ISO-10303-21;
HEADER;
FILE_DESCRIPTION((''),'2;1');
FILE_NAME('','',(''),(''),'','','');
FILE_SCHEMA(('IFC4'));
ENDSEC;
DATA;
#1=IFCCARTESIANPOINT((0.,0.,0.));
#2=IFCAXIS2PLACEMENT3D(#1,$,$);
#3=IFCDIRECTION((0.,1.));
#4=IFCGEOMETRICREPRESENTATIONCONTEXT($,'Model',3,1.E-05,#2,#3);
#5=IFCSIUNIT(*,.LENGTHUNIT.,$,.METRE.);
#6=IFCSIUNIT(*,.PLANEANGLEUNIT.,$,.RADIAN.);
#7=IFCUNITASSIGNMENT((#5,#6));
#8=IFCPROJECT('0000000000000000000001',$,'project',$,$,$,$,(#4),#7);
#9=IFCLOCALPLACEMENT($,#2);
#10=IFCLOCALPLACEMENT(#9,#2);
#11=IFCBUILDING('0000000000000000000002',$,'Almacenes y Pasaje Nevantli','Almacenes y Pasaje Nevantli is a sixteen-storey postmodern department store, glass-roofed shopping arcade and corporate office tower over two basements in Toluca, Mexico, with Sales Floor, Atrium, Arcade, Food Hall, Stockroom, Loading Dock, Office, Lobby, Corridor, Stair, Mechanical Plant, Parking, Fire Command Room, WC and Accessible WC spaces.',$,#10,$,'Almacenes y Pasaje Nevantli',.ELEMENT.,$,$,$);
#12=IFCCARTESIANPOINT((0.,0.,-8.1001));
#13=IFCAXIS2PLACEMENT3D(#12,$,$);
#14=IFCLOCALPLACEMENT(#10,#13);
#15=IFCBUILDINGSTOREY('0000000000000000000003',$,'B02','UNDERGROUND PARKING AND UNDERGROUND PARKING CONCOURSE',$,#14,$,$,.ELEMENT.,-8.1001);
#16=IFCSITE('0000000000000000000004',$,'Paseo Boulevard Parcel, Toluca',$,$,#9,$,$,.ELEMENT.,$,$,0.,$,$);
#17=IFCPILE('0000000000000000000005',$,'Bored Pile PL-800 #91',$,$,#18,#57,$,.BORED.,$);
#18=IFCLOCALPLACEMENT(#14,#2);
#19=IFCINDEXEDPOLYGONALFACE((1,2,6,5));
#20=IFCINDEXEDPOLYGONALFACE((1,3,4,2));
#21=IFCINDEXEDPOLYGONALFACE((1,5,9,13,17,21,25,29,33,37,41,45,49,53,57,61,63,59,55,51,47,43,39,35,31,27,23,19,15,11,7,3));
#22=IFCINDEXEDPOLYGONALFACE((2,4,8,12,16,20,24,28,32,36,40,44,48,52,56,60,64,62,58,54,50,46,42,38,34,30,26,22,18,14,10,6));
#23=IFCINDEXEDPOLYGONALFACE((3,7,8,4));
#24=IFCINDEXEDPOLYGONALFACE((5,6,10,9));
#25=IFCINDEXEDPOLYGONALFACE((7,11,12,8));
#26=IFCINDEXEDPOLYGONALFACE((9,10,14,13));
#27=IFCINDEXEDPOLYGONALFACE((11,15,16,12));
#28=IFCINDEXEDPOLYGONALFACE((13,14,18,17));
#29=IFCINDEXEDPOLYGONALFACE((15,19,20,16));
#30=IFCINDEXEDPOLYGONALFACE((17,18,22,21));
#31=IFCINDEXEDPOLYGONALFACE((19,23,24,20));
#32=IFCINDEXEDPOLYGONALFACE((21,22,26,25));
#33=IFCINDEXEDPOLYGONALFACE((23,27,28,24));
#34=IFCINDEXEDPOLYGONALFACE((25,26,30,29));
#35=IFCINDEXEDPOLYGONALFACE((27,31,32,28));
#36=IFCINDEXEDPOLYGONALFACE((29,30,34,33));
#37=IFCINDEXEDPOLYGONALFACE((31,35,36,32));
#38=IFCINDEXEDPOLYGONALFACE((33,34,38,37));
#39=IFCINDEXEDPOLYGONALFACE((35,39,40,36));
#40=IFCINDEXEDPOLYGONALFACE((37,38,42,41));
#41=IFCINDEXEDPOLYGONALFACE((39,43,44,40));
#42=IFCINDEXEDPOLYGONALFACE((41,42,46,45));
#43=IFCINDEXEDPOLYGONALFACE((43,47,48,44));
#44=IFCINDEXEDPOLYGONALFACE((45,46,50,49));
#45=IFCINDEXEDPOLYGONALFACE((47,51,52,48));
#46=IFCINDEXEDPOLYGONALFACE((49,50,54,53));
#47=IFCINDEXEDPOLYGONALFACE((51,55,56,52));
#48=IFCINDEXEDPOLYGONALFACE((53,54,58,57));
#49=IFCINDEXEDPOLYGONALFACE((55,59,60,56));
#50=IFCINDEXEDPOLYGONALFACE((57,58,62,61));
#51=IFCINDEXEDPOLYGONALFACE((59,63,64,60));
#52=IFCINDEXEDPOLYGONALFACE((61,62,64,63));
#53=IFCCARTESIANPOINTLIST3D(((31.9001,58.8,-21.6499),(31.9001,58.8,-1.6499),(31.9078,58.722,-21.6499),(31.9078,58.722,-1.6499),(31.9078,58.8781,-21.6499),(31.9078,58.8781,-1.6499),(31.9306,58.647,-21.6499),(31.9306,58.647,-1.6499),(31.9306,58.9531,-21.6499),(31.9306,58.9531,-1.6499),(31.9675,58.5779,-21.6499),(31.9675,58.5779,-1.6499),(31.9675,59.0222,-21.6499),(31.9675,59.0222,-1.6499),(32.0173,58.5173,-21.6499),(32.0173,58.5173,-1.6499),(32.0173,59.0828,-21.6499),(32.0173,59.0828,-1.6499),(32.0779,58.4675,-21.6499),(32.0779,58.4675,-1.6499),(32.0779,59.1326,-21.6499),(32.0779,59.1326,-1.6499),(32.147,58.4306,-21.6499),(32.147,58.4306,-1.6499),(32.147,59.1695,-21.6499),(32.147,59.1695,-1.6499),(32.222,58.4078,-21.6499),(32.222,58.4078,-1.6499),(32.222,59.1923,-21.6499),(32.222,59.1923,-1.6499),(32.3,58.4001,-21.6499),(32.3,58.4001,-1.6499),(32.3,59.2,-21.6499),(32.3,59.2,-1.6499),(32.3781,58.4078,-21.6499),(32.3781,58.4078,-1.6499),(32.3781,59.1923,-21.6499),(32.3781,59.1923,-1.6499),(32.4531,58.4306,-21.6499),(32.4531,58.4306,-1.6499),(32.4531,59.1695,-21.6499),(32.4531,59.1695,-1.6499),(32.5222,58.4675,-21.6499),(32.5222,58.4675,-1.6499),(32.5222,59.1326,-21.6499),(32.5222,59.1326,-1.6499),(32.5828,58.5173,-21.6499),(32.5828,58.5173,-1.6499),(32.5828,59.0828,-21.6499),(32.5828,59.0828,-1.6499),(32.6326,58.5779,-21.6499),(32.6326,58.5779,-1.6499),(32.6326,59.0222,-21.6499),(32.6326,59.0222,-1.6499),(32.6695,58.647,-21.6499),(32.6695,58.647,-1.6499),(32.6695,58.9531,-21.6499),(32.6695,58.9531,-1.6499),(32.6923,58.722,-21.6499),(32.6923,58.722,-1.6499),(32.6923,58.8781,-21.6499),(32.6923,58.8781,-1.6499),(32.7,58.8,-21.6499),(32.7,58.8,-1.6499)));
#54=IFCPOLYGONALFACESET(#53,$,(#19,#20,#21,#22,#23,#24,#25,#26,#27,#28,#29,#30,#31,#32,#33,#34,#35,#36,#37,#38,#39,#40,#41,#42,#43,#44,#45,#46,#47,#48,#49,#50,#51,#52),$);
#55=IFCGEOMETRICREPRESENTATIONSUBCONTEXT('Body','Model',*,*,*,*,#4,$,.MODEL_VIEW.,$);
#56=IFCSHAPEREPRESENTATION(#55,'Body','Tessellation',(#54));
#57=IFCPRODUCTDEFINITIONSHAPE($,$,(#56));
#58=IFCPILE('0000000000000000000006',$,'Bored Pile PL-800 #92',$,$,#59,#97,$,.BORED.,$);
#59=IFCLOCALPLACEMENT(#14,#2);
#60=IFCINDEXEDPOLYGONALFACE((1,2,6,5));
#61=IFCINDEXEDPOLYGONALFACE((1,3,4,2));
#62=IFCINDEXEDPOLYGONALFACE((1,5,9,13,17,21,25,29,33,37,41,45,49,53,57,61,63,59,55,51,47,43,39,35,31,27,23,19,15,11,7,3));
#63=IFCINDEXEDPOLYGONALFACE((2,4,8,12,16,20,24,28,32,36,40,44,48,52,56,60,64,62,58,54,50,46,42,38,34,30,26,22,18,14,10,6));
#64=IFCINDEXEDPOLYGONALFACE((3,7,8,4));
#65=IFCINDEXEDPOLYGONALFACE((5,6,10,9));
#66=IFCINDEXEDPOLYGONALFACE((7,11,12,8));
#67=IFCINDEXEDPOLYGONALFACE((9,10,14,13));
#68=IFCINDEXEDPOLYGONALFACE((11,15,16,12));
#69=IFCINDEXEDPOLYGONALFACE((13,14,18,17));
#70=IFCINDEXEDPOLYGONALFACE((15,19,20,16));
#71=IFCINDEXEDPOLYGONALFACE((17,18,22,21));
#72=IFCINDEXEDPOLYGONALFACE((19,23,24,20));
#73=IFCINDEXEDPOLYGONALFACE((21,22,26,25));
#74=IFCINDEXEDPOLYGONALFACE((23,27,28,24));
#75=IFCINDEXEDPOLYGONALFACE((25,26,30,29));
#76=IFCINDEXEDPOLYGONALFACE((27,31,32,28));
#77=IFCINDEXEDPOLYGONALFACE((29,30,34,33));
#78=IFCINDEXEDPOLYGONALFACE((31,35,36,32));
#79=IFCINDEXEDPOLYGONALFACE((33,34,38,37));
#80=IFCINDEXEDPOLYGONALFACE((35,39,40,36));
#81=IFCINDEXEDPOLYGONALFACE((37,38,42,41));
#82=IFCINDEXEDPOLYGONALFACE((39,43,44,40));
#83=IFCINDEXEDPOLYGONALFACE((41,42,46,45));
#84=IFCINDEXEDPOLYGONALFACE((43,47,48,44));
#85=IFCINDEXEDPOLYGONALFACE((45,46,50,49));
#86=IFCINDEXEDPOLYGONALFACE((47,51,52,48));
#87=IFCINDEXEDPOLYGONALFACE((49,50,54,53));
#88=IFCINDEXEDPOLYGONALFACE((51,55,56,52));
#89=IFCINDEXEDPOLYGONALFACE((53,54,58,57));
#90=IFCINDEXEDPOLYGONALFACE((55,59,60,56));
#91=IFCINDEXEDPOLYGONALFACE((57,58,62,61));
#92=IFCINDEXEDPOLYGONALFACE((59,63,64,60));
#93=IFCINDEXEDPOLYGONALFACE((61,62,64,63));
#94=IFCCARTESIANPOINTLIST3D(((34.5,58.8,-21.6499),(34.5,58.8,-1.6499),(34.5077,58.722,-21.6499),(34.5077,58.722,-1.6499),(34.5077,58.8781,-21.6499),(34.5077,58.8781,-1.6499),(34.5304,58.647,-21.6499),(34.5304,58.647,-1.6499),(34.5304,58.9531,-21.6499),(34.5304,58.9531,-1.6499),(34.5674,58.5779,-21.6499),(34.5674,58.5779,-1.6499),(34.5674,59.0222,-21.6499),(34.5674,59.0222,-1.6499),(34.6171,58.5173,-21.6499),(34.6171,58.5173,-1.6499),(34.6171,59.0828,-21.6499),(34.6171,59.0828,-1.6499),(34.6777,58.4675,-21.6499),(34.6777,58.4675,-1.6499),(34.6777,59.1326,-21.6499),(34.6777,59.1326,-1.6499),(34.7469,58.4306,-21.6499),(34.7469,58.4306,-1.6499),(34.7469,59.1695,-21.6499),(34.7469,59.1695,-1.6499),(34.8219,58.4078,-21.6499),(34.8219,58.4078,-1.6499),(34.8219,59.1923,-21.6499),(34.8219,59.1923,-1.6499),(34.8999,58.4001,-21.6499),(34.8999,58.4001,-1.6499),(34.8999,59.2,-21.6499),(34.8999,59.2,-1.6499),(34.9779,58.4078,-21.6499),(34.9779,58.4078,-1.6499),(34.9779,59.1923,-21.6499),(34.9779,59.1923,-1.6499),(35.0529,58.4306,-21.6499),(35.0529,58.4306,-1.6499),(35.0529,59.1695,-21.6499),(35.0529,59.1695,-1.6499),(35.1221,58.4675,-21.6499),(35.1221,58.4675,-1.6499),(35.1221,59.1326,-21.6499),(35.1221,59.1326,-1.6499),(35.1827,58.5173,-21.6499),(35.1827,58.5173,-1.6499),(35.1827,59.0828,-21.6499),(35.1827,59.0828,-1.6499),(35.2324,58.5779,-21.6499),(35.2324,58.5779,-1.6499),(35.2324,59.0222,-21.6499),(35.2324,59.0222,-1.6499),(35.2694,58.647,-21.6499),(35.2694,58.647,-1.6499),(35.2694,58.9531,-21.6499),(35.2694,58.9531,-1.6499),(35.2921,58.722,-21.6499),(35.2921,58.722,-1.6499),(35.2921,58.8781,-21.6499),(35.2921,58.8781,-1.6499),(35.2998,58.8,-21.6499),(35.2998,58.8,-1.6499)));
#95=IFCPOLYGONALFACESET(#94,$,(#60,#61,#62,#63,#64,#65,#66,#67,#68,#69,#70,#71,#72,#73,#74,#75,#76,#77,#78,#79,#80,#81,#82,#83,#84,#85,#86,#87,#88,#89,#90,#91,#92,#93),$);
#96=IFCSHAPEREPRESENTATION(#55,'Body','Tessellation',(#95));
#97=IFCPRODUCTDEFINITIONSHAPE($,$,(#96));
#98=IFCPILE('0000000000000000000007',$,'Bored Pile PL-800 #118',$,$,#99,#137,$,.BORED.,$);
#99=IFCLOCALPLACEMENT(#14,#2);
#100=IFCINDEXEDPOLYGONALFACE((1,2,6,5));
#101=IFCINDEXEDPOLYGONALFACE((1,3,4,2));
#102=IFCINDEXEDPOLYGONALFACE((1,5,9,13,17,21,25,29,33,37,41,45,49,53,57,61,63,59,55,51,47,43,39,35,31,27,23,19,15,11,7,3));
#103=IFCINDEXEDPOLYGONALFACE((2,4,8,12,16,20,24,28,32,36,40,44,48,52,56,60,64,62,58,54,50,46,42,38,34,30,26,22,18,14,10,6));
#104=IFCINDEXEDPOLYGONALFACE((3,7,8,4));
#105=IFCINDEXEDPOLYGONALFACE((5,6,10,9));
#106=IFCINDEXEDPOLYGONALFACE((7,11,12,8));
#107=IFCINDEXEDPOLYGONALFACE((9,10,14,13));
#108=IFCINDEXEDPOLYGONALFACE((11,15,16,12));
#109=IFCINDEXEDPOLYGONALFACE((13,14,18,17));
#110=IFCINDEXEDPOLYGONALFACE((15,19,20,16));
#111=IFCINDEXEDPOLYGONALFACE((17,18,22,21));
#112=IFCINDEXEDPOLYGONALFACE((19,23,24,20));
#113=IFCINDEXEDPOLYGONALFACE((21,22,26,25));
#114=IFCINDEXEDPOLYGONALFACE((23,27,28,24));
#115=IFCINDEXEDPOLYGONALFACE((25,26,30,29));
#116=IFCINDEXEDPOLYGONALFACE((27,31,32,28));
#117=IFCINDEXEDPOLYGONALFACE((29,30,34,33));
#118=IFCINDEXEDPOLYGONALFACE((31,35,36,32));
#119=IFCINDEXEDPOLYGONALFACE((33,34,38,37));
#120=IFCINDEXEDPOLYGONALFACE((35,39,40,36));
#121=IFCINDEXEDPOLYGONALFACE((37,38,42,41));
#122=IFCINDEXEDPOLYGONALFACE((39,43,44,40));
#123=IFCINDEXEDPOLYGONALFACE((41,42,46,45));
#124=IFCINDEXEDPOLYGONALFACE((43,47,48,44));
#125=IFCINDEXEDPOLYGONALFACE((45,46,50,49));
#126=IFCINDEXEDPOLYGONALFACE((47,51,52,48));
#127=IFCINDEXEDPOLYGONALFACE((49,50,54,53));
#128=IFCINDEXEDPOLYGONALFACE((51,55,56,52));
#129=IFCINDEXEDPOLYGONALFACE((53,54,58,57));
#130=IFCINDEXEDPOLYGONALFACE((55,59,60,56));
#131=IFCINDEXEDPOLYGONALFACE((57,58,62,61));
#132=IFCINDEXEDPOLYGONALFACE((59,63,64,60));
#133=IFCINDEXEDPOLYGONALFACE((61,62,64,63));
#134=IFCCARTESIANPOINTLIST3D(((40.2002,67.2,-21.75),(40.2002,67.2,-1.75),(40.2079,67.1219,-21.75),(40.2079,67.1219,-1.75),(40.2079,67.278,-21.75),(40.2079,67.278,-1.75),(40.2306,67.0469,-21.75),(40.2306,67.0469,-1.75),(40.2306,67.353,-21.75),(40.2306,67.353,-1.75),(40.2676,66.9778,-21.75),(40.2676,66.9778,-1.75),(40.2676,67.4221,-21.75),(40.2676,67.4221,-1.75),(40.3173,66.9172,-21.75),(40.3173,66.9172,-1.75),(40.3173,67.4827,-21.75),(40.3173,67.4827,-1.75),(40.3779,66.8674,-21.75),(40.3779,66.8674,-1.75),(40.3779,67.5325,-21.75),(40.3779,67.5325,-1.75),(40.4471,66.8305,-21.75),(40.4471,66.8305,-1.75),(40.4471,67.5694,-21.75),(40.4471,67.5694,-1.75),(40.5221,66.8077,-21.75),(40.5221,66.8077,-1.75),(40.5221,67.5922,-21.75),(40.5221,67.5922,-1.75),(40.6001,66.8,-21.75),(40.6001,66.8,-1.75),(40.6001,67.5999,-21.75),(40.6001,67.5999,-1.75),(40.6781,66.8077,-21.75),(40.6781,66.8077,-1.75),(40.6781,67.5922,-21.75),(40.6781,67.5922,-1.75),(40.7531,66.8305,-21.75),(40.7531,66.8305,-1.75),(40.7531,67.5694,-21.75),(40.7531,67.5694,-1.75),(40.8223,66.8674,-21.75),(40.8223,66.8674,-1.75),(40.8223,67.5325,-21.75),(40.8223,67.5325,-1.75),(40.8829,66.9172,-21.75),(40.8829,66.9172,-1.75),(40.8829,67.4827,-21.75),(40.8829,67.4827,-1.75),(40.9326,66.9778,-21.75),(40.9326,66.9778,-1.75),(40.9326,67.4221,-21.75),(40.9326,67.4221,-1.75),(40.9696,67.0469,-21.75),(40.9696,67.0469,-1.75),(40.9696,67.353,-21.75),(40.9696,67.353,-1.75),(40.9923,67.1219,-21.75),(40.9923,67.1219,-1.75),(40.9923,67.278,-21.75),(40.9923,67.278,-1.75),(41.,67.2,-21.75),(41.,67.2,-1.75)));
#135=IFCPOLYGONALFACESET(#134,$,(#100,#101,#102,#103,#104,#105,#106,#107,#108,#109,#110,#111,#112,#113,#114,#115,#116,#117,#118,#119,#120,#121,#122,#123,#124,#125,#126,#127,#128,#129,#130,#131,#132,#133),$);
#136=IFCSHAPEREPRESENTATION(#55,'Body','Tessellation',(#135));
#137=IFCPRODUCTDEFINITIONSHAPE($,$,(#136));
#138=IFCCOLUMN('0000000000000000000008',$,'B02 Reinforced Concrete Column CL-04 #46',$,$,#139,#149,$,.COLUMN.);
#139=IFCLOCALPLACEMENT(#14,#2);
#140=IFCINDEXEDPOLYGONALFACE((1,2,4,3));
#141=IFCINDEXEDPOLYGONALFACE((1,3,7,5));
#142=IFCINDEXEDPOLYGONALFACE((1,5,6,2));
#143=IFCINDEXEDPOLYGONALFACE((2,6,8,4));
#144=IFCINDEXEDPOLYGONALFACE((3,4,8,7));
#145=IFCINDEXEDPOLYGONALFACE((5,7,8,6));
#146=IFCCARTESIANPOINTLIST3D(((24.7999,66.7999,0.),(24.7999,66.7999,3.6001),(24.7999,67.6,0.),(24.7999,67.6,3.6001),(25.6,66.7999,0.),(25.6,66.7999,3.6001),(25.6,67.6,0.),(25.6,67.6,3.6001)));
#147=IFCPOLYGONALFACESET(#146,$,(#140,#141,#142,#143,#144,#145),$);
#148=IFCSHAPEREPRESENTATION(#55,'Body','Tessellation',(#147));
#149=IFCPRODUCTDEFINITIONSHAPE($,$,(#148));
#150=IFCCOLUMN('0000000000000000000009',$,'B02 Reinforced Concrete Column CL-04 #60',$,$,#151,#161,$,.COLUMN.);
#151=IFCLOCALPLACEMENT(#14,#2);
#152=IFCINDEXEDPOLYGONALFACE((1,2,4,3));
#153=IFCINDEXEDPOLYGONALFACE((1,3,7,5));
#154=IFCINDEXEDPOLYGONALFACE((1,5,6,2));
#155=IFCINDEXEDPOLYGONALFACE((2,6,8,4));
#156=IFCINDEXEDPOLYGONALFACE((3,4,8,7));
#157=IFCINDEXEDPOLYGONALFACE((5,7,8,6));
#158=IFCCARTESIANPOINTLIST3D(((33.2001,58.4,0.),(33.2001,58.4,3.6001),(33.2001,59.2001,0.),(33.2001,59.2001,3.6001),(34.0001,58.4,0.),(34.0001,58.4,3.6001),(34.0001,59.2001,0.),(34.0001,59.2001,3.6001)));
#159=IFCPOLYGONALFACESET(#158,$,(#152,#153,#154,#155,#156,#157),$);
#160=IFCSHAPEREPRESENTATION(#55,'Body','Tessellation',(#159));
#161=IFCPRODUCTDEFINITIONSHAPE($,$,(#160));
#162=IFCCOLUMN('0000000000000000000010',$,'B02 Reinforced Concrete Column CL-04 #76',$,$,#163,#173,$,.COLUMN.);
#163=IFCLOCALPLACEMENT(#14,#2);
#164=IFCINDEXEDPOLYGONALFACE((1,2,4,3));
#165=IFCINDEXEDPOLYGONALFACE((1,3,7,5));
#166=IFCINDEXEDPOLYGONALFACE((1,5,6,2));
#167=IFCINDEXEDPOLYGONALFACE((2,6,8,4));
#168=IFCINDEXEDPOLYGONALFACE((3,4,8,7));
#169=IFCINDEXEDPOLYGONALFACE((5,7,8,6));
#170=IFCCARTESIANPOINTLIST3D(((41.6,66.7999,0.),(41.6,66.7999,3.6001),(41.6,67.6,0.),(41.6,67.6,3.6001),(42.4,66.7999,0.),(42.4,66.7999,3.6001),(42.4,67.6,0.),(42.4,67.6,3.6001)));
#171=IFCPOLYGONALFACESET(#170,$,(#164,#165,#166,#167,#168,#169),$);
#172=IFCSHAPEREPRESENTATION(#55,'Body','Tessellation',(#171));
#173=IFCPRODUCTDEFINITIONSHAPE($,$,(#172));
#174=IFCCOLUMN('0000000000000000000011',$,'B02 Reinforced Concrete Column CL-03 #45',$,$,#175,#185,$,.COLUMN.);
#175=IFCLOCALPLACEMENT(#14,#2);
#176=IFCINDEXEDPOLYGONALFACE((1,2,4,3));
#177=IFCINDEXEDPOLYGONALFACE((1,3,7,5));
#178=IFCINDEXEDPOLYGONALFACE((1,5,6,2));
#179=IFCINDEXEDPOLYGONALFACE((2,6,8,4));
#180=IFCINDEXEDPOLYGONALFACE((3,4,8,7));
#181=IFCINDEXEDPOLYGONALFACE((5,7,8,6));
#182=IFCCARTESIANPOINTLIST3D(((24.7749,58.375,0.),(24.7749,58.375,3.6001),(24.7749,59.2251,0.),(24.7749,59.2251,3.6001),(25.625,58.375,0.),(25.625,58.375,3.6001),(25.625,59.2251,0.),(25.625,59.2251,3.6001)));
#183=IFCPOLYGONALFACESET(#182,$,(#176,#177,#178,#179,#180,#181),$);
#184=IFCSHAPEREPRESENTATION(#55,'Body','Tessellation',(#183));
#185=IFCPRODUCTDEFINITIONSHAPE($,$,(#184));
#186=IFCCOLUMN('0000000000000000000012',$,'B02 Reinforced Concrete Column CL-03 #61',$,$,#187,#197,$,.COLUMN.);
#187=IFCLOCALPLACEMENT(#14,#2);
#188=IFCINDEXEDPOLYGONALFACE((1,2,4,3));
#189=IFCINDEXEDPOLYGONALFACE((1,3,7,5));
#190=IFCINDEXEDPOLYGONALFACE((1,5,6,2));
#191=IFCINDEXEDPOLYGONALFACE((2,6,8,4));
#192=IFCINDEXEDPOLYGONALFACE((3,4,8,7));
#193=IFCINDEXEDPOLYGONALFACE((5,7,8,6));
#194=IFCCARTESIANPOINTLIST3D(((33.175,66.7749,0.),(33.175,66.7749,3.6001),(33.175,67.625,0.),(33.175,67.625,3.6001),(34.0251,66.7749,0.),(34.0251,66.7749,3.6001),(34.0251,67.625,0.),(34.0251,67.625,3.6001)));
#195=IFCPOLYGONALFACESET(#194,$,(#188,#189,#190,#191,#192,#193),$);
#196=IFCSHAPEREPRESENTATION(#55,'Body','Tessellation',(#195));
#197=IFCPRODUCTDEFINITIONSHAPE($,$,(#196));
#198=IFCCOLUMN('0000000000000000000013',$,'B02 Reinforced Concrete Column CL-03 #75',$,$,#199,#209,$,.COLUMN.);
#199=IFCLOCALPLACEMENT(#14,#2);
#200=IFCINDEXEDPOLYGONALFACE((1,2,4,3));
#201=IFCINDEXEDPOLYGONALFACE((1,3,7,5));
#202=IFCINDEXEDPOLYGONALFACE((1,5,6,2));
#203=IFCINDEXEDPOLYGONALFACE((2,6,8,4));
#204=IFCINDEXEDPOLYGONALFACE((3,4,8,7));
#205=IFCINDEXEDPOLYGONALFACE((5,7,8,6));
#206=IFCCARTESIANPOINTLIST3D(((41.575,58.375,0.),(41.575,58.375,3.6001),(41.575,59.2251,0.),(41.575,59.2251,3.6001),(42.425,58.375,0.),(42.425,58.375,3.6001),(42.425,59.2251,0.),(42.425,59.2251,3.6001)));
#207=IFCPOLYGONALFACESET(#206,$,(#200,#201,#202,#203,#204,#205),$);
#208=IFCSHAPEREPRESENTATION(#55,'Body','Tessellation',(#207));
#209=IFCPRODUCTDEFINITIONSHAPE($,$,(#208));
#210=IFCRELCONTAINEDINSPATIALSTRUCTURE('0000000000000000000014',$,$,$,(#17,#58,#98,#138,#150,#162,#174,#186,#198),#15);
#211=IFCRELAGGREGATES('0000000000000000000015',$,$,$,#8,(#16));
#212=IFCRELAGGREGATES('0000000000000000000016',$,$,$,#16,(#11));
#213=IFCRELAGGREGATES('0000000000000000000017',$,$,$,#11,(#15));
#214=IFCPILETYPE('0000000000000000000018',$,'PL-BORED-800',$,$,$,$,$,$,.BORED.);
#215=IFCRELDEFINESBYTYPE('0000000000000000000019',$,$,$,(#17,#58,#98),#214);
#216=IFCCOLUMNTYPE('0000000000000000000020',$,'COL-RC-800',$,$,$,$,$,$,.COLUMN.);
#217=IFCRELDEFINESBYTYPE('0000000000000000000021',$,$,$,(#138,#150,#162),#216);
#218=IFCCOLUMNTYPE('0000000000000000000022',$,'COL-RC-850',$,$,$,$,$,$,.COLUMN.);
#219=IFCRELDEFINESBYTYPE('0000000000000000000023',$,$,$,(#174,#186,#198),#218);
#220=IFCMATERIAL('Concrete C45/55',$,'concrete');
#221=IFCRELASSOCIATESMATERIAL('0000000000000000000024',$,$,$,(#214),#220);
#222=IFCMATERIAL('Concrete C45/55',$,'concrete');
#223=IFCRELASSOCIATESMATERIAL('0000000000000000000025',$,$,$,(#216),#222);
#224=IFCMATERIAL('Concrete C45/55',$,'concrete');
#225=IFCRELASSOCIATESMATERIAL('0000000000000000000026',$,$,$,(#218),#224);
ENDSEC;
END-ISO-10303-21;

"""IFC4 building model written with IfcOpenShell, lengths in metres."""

from ifc_helpers import new_model, si_unit, direction, frame, origin, origin_2d, place, context, subcontext, project, spatial, rectangle, circle, extrude, material, material_profile, profile_set, type_object, element, save


model = new_model("IFC4")

# Units and contexts
model_context = context("Model", 3, precision=1e-05, world=origin(), true_north=direction((0.0, 1.0)))
body_context = subcontext(model_context, "Body", "Model", "MODEL_VIEW")
ifc_project = project(units=[si_unit("LENGTHUNIT", "METRE"), si_unit("PLANEANGLEUNIT", "RADIAN")], contexts=[model_context])

# Site, building, storey
site_placement = place(None, origin())
site = spatial("IfcSite", under=ifc_project, at=site_placement, Name="Paseo Boulevard Parcel, Toluca", CompositionType="ELEMENT", RefElevation=0.0)
building_placement = place(site_placement, origin())
building = spatial("IfcBuilding", under=site, at=building_placement, Name="Almacenes y Pasaje Nevantli", Description="Almacenes y Pasaje Nevantli is a sixteen-storey postmodern department store, glass-roofed shopping arcade and corporate office tower over two basements in Toluca, Mexico, with Sales Floor, Atrium, Arcade, Food Hall, Stockroom, Loading Dock, Office, Lobby, Corridor, Stair, Mechanical Plant, Parking, Fire Command Room, WC and Accessible WC spaces.", LongName="Almacenes y Pasaje Nevantli", CompositionType="ELEMENT")
storey_placement = place(building_placement, frame((0.0, 0.0, -8.1001)))
storey = spatial("IfcBuildingStorey", under=building, at=storey_placement, Name="B02", Description="UNDERGROUND PARKING AND UNDERGROUND PARKING CONCOURSE", CompositionType="ELEMENT", Elevation=-8.1001)

# Piles
ifc_material_1 = material(Name="Concrete C45/55", Category="concrete")
ifc_material_profile_1 = material_profile(ifc_material_1, circle(Radius=0.3999, at=origin_2d()), Name="RC-PILE-D800")
ifc_profile_set_1 = profile_set([ifc_material_profile_1], Name="Concrete C45/55")
pile_type_1 = type_object("IfcPileType", Name="PL-BORED-800", PredefinedType="BORED", material=ifc_profile_set_1)
for number, where, z_axis, x_axis, name in (
    (1, (32.3, 58.8, -1.6499), (0.0, 0.0, -1.0), (1.0, 0.0, 0.0), "Bored Pile PL-800 #91"),
    (2, (34.8999, 58.8, -1.6499), (0.0, 0.0, -1.0), (1.0, 0.0, 0.0), "Bored Pile PL-800 #92"),
    (3, (40.6001, 67.2, -1.75), (0.0, 0.0, -1.0), (1.0, 0.0, 0.0), "Bored Pile PL-800 #118"),
):
    element("IfcPile", number, at=place(storey_placement, frame(where, z_axis=z_axis, x_axis=x_axis)), inside=storey, type_object=pile_type_1, Name=name, PredefinedType="BORED", context=body_context, shape_type="SweptSolid", body=[
        extrude(circle(Radius=0.3999, at=origin_2d()), origin(), (0.0, 0.0, 1.0), 20.0),
    ])

# Columns
ifc_material_2 = material(Name="Concrete C45/55", Category="concrete")
ifc_material_profile_2 = material_profile(ifc_material_2, rectangle(XDim=0.8, YDim=0.8, at=origin_2d()), Name="RC-COL-800x800")
ifc_profile_set_2 = profile_set([ifc_material_profile_2], Name="Concrete C45/55")
column_type_1 = type_object("IfcColumnType", Name="COL-RC-800", PredefinedType="COLUMN", material=ifc_profile_set_2)
for number, where, z_axis, x_axis, name in (
    (4, (25.2, 67.2, 0.0), (0.0, 0.0, 1.0), (1.0, 0.0, 0.0), "B02 Reinforced Concrete Column CL-04 #46"),
    (5, (33.6001, 58.8, 0.0), (0.0, 0.0, 1.0), (1.0, 0.0, 0.0), "B02 Reinforced Concrete Column CL-04 #60"),
    (6, (42.0, 67.2, 0.0), (0.0, 0.0, 1.0), (1.0, 0.0, 0.0), "B02 Reinforced Concrete Column CL-04 #76"),
):
    element("IfcColumn", number, at=place(storey_placement, frame(where, z_axis=z_axis, x_axis=x_axis)), inside=storey, type_object=column_type_1, Name=name, PredefinedType="COLUMN", context=body_context, shape_type="SweptSolid", body=[
        extrude(rectangle(XDim=0.8, YDim=0.8, at=origin_2d()), origin(), (0.0, 0.0, 1.0), 3.6001),
    ])
ifc_material_3 = material(Name="Concrete C45/55", Category="concrete")
ifc_material_profile_3 = material_profile(ifc_material_3, rectangle(XDim=0.8501, YDim=0.8501, at=origin_2d()), Name="RC-COL-850x850")
ifc_profile_set_3 = profile_set([ifc_material_profile_3], Name="Concrete C45/55")
column_type_2 = type_object("IfcColumnType", Name="COL-RC-850", PredefinedType="COLUMN", material=ifc_profile_set_3)
for number, where, z_axis, x_axis, name in (
    (7, (25.2, 58.8, 0.0), (0.0, 0.0, 1.0), (1.0, 0.0, 0.0), "B02 Reinforced Concrete Column CL-03 #45"),
    (8, (33.6001, 67.2, 0.0), (0.0, 0.0, 1.0), (1.0, 0.0, 0.0), "B02 Reinforced Concrete Column CL-03 #61"),
    (9, (42.0, 58.8, 0.0), (0.0, 0.0, 1.0), (1.0, 0.0, 0.0), "B02 Reinforced Concrete Column CL-03 #75"),
):
    element("IfcColumn", number, at=place(storey_placement, frame(where, z_axis=z_axis, x_axis=x_axis)), inside=storey, type_object=column_type_2, Name=name, PredefinedType="COLUMN", context=body_context, shape_type="SweptSolid", body=[
        extrude(rectangle(XDim=0.8501, YDim=0.8501, at=origin_2d()), origin(), (0.0, 0.0, 1.0), 3.6001),
    ])

save(model, "model.ifc")
